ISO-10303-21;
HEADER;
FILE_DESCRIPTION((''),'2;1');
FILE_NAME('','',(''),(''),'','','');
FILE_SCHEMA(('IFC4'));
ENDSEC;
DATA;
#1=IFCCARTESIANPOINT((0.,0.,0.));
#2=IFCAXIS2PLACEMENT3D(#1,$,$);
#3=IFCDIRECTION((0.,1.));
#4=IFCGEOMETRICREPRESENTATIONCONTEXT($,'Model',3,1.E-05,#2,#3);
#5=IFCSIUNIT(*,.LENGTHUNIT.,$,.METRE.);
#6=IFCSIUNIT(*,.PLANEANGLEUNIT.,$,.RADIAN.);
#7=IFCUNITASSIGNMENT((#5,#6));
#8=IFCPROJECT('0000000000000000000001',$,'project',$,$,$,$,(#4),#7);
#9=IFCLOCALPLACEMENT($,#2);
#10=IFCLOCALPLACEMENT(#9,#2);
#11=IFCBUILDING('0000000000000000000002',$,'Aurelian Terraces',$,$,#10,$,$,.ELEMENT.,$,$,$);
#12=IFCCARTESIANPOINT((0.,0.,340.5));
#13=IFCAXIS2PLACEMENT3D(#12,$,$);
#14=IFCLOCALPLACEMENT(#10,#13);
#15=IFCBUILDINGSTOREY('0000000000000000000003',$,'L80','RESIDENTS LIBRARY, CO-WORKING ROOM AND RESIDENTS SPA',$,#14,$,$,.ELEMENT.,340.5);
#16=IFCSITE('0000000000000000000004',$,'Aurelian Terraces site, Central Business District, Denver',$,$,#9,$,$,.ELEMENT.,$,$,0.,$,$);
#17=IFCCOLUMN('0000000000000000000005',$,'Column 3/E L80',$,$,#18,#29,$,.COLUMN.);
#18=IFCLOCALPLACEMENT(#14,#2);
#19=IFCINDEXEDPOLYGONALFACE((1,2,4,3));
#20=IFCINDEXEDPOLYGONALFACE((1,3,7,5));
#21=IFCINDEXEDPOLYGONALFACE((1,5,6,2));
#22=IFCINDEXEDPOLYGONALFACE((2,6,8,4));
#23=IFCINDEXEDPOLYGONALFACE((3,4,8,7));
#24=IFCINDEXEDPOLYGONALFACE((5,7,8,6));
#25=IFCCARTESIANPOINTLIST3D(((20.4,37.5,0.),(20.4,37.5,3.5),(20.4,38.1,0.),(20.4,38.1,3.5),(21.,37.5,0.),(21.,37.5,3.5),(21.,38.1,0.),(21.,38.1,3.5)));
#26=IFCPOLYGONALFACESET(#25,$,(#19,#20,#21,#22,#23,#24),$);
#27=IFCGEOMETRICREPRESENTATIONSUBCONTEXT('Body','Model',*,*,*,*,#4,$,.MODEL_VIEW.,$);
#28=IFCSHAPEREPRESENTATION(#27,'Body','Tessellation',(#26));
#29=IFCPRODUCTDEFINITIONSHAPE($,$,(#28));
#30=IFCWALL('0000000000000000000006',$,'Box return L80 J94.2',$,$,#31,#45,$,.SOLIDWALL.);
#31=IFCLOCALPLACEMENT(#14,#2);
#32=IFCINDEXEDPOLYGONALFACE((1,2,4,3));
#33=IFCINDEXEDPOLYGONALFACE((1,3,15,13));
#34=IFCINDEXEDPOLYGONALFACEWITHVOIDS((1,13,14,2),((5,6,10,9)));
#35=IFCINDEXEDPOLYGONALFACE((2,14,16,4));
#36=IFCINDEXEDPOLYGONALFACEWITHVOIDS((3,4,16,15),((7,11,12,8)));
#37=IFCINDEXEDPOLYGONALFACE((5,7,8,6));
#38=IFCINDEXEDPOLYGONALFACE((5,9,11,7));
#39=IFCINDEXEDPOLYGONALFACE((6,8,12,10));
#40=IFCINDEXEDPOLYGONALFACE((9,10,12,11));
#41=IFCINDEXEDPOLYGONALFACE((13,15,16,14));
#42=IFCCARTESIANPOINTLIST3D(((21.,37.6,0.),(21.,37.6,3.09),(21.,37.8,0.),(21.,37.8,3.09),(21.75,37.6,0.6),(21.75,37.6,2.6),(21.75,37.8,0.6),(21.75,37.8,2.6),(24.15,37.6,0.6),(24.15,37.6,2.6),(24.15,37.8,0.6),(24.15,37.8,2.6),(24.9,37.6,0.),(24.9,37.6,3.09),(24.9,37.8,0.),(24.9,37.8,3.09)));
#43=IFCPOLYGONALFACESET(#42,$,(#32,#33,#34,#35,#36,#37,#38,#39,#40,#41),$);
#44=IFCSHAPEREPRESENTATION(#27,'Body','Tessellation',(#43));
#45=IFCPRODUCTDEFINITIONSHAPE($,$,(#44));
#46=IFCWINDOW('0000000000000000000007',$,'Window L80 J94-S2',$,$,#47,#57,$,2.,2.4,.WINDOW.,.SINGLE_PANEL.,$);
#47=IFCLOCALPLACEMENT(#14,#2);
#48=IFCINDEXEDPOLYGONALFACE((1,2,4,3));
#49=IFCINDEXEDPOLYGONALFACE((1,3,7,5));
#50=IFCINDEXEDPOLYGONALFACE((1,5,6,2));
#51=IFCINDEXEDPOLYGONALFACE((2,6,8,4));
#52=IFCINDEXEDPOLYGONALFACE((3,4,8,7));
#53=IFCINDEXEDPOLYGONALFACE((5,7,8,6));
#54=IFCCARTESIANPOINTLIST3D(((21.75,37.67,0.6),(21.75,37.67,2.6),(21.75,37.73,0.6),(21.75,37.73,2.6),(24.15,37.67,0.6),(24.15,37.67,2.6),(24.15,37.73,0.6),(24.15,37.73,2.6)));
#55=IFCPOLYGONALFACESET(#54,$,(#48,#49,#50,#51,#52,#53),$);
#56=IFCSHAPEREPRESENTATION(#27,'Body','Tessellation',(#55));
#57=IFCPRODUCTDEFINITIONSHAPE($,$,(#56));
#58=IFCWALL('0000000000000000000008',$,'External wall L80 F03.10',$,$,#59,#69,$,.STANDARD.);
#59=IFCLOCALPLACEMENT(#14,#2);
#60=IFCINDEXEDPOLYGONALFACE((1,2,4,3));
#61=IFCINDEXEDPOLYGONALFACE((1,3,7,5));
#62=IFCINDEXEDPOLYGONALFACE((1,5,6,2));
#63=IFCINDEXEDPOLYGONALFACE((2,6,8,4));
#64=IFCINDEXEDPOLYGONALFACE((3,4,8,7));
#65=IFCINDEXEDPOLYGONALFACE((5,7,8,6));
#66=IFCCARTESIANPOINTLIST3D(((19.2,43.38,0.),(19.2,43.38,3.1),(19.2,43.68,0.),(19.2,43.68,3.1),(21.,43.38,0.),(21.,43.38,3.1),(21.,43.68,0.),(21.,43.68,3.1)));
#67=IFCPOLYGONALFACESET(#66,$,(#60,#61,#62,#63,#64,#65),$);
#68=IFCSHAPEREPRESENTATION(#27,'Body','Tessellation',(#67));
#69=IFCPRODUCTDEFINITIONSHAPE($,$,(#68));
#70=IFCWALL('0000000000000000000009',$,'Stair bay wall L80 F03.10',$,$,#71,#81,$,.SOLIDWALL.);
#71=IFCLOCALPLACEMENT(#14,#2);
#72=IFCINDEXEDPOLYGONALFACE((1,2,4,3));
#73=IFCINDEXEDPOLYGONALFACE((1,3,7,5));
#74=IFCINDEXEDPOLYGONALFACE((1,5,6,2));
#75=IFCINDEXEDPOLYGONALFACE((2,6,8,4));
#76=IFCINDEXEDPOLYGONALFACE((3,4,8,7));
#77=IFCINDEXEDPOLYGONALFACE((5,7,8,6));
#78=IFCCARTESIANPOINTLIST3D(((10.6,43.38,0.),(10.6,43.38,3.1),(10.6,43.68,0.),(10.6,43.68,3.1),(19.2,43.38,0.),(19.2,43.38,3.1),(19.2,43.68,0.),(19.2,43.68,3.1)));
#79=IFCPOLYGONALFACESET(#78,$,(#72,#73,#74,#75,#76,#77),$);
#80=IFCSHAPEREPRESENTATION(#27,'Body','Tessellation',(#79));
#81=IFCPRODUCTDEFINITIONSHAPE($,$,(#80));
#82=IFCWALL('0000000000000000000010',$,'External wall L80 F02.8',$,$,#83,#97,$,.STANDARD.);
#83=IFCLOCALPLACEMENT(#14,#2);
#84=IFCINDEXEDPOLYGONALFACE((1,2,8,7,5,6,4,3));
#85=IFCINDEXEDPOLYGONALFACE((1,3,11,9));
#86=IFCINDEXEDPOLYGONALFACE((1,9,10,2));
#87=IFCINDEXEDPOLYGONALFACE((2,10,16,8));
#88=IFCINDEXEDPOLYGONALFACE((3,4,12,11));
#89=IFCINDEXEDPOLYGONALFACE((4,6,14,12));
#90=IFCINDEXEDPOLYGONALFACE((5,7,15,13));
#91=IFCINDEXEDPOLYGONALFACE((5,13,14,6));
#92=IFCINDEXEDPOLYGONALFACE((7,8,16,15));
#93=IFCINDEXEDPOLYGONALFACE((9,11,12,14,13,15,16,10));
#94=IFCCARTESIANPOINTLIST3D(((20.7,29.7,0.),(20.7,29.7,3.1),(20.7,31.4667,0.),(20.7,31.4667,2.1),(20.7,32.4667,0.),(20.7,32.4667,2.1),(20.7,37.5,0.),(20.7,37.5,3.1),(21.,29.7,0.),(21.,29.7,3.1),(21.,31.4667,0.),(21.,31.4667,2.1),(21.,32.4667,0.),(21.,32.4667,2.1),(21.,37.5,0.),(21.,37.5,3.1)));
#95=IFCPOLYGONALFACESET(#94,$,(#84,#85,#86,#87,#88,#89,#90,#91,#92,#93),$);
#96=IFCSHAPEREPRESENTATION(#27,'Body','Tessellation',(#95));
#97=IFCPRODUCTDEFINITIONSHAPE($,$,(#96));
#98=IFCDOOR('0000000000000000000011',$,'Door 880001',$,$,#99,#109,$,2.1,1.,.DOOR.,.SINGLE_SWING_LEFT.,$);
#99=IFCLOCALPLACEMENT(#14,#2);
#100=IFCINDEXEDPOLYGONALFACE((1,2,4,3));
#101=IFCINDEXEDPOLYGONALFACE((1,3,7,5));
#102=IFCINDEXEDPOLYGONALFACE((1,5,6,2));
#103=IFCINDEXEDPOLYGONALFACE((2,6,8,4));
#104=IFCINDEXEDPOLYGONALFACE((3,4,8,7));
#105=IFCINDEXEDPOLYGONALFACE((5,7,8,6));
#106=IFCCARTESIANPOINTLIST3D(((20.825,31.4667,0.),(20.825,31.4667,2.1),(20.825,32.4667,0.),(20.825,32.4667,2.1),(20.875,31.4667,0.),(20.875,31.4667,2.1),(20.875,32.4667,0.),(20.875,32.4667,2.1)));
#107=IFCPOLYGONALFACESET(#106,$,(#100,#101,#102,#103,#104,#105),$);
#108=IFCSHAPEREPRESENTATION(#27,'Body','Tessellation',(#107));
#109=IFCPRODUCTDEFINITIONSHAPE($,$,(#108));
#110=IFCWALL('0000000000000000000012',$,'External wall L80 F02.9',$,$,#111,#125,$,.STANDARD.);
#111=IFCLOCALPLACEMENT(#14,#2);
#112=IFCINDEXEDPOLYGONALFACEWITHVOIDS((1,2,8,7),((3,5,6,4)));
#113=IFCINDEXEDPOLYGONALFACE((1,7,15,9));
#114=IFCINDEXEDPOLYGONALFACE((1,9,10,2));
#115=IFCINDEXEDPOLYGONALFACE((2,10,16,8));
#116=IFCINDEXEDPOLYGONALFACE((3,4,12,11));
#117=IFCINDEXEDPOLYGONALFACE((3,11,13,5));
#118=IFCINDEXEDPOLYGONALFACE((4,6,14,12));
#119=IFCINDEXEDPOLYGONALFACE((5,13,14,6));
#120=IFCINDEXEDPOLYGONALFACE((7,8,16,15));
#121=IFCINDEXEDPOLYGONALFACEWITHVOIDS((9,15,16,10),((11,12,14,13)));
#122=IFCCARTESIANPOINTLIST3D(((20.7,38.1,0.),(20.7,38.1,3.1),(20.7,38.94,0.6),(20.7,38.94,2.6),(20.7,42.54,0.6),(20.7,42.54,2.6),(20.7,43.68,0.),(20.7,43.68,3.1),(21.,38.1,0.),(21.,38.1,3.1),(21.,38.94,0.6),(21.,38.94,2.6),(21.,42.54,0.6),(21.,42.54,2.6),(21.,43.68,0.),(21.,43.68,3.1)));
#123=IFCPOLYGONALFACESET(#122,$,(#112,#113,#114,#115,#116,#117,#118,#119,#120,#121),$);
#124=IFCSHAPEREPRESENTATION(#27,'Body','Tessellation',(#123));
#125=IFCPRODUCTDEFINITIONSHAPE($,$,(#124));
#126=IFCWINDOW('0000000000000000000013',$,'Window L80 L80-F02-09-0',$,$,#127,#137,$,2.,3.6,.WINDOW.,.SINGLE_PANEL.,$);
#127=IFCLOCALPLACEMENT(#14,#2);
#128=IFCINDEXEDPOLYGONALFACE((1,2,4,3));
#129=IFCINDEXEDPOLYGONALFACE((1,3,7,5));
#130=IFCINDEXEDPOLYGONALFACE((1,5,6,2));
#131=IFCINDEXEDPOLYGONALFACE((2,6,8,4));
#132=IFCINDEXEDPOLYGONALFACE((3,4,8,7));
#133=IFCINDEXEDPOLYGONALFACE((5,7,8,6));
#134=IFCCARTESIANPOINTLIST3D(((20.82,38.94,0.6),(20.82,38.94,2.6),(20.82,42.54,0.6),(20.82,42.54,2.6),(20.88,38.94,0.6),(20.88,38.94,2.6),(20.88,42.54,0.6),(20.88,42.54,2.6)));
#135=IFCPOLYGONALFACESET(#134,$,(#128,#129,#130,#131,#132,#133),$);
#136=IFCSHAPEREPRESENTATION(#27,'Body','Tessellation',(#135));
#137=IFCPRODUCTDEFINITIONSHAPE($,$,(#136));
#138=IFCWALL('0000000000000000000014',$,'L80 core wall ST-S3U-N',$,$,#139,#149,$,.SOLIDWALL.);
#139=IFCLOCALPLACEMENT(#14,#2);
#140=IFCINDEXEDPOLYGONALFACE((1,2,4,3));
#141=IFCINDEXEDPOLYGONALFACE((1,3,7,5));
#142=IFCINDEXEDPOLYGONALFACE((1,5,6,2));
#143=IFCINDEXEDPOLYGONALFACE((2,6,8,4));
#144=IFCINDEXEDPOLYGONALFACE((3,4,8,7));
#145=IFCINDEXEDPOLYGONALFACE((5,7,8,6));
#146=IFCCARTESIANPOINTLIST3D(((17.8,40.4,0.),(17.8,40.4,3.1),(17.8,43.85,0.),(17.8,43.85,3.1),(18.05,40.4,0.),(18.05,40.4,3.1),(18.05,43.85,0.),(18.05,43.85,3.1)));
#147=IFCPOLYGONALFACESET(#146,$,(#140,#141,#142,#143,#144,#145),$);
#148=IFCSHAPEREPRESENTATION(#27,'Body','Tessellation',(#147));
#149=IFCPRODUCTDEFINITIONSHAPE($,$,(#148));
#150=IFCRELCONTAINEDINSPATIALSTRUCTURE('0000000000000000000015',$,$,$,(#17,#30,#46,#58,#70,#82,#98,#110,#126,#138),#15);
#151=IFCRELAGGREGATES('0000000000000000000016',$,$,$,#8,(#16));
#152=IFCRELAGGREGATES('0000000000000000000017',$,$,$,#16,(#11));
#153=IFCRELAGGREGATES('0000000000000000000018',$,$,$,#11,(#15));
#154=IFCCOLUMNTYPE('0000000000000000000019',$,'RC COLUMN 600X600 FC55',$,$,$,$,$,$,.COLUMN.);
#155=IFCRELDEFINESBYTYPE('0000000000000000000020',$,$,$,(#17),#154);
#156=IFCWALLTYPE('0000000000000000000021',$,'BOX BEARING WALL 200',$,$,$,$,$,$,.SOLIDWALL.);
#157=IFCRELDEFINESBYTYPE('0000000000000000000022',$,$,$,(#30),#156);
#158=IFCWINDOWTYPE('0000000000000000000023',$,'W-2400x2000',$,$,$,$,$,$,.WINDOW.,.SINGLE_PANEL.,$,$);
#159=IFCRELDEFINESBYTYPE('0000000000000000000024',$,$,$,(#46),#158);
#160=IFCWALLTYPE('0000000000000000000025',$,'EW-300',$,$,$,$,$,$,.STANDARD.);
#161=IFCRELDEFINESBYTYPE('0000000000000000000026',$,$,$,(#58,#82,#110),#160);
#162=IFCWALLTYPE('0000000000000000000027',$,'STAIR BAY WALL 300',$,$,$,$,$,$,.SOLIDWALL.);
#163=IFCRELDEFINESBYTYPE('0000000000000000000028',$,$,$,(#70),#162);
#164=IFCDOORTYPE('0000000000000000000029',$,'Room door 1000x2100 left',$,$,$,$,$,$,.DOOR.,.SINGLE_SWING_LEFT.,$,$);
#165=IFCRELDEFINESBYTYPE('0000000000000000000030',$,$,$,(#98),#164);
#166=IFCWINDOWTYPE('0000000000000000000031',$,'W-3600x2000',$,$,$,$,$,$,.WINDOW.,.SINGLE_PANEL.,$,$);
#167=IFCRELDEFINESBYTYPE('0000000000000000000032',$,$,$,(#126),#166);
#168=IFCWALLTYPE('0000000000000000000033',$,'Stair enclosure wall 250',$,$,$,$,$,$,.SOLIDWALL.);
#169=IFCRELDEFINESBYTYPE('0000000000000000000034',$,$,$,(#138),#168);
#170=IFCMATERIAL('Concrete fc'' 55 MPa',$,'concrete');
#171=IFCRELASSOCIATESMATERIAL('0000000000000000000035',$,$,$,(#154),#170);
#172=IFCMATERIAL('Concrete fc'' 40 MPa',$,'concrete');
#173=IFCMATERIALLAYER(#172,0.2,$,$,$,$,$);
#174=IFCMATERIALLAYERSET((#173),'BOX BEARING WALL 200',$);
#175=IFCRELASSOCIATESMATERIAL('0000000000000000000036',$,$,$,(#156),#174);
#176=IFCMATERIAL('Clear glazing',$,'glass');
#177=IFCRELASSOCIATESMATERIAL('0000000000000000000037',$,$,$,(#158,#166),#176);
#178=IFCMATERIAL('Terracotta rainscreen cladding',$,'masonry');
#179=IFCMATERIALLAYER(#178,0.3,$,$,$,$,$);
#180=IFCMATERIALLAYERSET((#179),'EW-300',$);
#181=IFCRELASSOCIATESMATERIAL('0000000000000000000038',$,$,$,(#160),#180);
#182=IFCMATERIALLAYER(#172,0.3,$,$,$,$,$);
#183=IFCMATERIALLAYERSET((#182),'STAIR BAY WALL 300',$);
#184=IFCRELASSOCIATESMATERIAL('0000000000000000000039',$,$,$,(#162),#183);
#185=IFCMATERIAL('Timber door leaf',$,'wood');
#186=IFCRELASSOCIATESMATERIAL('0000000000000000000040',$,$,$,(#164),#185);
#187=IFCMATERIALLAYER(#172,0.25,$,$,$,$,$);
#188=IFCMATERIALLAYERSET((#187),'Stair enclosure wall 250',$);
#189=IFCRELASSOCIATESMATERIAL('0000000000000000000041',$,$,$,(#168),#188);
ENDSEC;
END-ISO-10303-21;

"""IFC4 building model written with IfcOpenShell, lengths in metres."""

from ifc_helpers import new_model, si_unit, direction, frame, frame_2d, origin, origin_2d, place, context, subcontext, project, spatial, rectangle, extrude, source, transform, mapped, material, layer, layer_set, material_profile, profile_set, type_object, element, fill, save


model = new_model("IFC4")

# Units and contexts
model_context = context("Model", 3, precision=1e-05, world=origin(), true_north=direction((0.0, 1.0)))
body_context = subcontext(model_context, "Body", "Model", "MODEL_VIEW")
ifc_project = project(units=[si_unit("LENGTHUNIT", "METRE"), si_unit("PLANEANGLEUNIT", "RADIAN")], contexts=[model_context])

# Site, building, storey
site_placement = place(None, origin())
site = spatial("IfcSite", under=ifc_project, at=site_placement, Name="Aurelian Terraces site, Central Business District, Denver", CompositionType="ELEMENT", RefElevation=0.0)
building_placement = place(site_placement, origin())
building = spatial("IfcBuilding", under=site, at=building_placement, Name="Aurelian Terraces", CompositionType="ELEMENT")
storey_placement = place(building_placement, frame((0.0, 0.0, 340.5)))
storey = spatial("IfcBuildingStorey", under=building, at=storey_placement, Name="L80", Description="RESIDENTS LIBRARY, CO-WORKING ROOM AND RESIDENTS SPA", CompositionType="ELEMENT", Elevation=340.5)

# Column
ifc_material_1 = material(Name="Concrete fc' 55 MPa", Category="concrete")
ifc_material_profile = material_profile(ifc_material_1, rectangle(XDim=0.6, YDim=0.6, at=origin_2d()))
ifc_profile_set = profile_set([ifc_material_profile], Name="Concrete fc' 55 MPa")
column_type = type_object("IfcColumnType", Name="RC COLUMN 600X600 FC55", PredefinedType="COLUMN", material=ifc_profile_set)
shared_shape_1 = source(origin(), body_context, "Body", "SweptSolid", [
    extrude(rectangle(XDim=0.6, YDim=0.6, at=origin_2d()), origin(), (0.0, 0.0, 1.0), 3.5),
])
column_placement = place(storey_placement, frame((20.7, 37.8, 0.0), z_axis=(0.0, 0.0, 1.0), x_axis=(1.0, 0.0, 0.0)))
element("IfcColumn", 1, at=column_placement, inside=storey, type_object=column_type, Name="Column 3/E L80", PredefinedType="COLUMN", context=body_context, shape_type="MappedRepresentation", body=[
    mapped(shared_shape_1, transform((0.0, 0.0, 0.0), scale=1.0)),
])

# Wall, opening, window
ifc_material_2 = material(Name="Concrete fc' 40 MPa", Category="concrete")
ifc_layer_1 = layer(ifc_material_2, 0.2)
ifc_layer_set_1 = layer_set([ifc_layer_1], Name="BOX BEARING WALL 200")
wall_type_1 = type_object("IfcWallType", Name="BOX BEARING WALL 200", PredefinedType="SOLIDWALL", material=ifc_layer_set_1)
shared_shape_2 = source(origin(), body_context, "Body", "SweptSolid", [
    extrude(rectangle(XDim=3.9, YDim=0.2, at=frame_2d((1.95, 0.0))), origin(), (0.0, 0.0, 1.0), 3.09),
])
wall_1_placement = place(storey_placement, frame((21.0, 37.7, 0.0), z_axis=(0.0, 0.0, 1.0), x_axis=(1.0, 0.0, 0.0)))
wall_1 = element("IfcWall", 2, at=wall_1_placement, inside=storey, type_object=wall_type_1, Name="Box return L80 J94.2", PredefinedType="SOLIDWALL", context=body_context, shape_type="MappedRepresentation", body=[
    mapped(shared_shape_2, transform((0.0, 0.0, 0.0), scale=1.0)),
])
shared_shape_3 = source(origin(), body_context, "Body", "SweptSolid", [
    extrude(rectangle(XDim=2.4, YDim=2.0, at=frame_2d((1.2, 1.0))), frame((0.0, 0.11, 0.0), z_axis=(0.0, -1.0, 0.0), x_axis=(1.0, 0.0, 0.0)), (0.0, 0.0, 1.0), 0.22),
])
opening_1_placement = place(wall_1_placement, frame((0.75, 0.0, 0.6)))
opening_1 = element("IfcOpeningElement", 3, at=opening_1_placement, cuts=wall_1, PredefinedType="OPENING", context=body_context, shape_type="MappedRepresentation", body=[
    mapped(shared_shape_3, transform((0.0, 0.0, 0.0), scale=1.0)),
])
ifc_material_3 = material(Name="Clear glazing", Category="glass")
window_type_1 = type_object("IfcWindowType", Name="W-2400x2000", PartitioningType="SINGLE_PANEL", PredefinedType="WINDOW", material=ifc_material_3)
shared_shape_4 = source(origin(), body_context, "Body", "SweptSolid", [
    extrude(rectangle(XDim=2.4, YDim=2.0, at=frame_2d((1.2, 1.0))), frame((0.0, 0.03, 0.0), z_axis=(0.0, -1.0, 0.0), x_axis=(1.0, 0.0, 0.0)), (0.0, 0.0, 1.0), 0.06),
])
window_1_placement = place(opening_1_placement, origin())
window_1 = element("IfcWindow", 4, at=window_1_placement, inside=storey, type_object=window_type_1, Name="Window L80 J94-S2", OverallHeight=2.0, OverallWidth=2.4, PartitioningType="SINGLE_PANEL", PredefinedType="WINDOW", context=body_context, shape_type="MappedRepresentation", body=[
    mapped(shared_shape_4, transform((0.0, 0.0, 0.0), scale=1.0)),
])
fill(opening_1, window_1)

# Walls
ifc_material_4 = material(Name="Terracotta rainscreen cladding", Category="masonry")
ifc_layer_2 = layer(ifc_material_4, 0.3)
ifc_layer_set_2 = layer_set([ifc_layer_2], Name="EW-300")
wall_type_2 = type_object("IfcWallType", Name="EW-300", PredefinedType="STANDARD", material=ifc_layer_set_2)
shared_shape_5 = source(origin(), body_context, "Body", "SweptSolid", [
    extrude(rectangle(XDim=1.8, YDim=0.3, at=frame_2d((0.9, 0.0))), origin(), (0.0, 0.0, 1.0), 3.1),
])
wall_2_placement = place(storey_placement, frame((21.0, 43.53, 0.0), z_axis=(0.0, 0.0, 1.0), x_axis=(-1.0, 0.0, 0.0)))
element("IfcWall", 5, at=wall_2_placement, inside=storey, type_object=wall_type_2, Name="External wall L80 F03.10", PredefinedType="STANDARD", context=body_context, shape_type="MappedRepresentation", body=[
    mapped(shared_shape_5, transform((0.0, 0.0, 0.0), scale=1.0)),
])
ifc_layer_3 = layer(ifc_material_2, 0.3)
ifc_layer_set_3 = layer_set([ifc_layer_3], Name="STAIR BAY WALL 300")
wall_type_3 = type_object("IfcWallType", Name="STAIR BAY WALL 300", PredefinedType="SOLIDWALL", material=ifc_layer_set_3)
shared_shape_6 = source(origin(), body_context, "Body", "SweptSolid", [
    extrude(rectangle(XDim=8.6, YDim=0.3, at=frame_2d((4.3, 0.0))), origin(), (0.0, 0.0, 1.0), 3.1),
])
wall_3_placement = place(storey_placement, frame((19.2, 43.53, 0.0), z_axis=(0.0, 0.0, 1.0), x_axis=(-1.0, 0.0, 0.0)))
element("IfcWall", 6, at=wall_3_placement, inside=storey, type_object=wall_type_3, Name="Stair bay wall L80 F03.10", PredefinedType="SOLIDWALL", context=body_context, shape_type="MappedRepresentation", body=[
    mapped(shared_shape_6, transform((0.0, 0.0, 0.0), scale=1.0)),
])

# Wall, opening, door
shared_shape_7 = source(origin(), body_context, "Body", "SweptSolid", [
    extrude(rectangle(XDim=7.8, YDim=0.3, at=frame_2d((3.9, 0.0))), origin(), (0.0, 0.0, 1.0), 3.1),
])
wall_4_placement = place(storey_placement, frame((20.85, 29.7, 0.0), z_axis=(0.0, 0.0, 1.0), x_axis=(0.0, 1.0, 0.0)))
wall_4 = element("IfcWall", 7, at=wall_4_placement, inside=storey, type_object=wall_type_2, Name="External wall L80 F02.8", PredefinedType="STANDARD", context=body_context, shape_type="MappedRepresentation", body=[
    mapped(shared_shape_7, transform((0.0, 0.0, 0.0), scale=1.0)),
])
shared_shape_8 = source(origin(), body_context, "Body", "SweptSolid", [
    extrude(rectangle(XDim=1.0, YDim=2.1, at=frame_2d((0.5, 1.05))), frame((0.0, 0.16, 0.0), z_axis=(0.0, -1.0, 0.0), x_axis=(1.0, 0.0, 0.0)), (0.0, 0.0, 1.0), 0.32),
])
opening_2_placement = place(wall_4_placement, frame((1.7667, 0.0, 0.0)))
opening_2 = element("IfcOpeningElement", 8, at=opening_2_placement, cuts=wall_4, PredefinedType="OPENING", context=body_context, shape_type="MappedRepresentation", body=[
    mapped(shared_shape_8, transform((0.0, 0.0, 0.0), scale=1.0)),
])
ifc_material_5 = material(Name="Timber door leaf", Category="wood")
door_type_1 = type_object("IfcDoorType", Name="Room door 1000x2100 left", OperationType="SINGLE_SWING_LEFT", PredefinedType="DOOR", material=ifc_material_5)
shared_shape_9 = source(origin(), body_context, "Body", "SweptSolid", [
    extrude(rectangle(XDim=1.0, YDim=2.1, at=frame_2d((0.5, 1.05))), frame((0.0, 0.025, 0.0), z_axis=(0.0, -1.0, 0.0), x_axis=(1.0, 0.0, 0.0)), (0.0, 0.0, 1.0), 0.05),
])
door_1_placement = place(opening_2_placement, origin())
door_1 = element("IfcDoor", 9, at=door_1_placement, inside=storey, type_object=door_type_1, Name="Door 880001", OperationType="SINGLE_SWING_LEFT", OverallHeight=2.1, OverallWidth=1.0, PredefinedType="DOOR", context=body_context, shape_type="MappedRepresentation", body=[
    mapped(shared_shape_9, transform((0.0, 0.0, 0.0), scale=1.0)),
])
fill(opening_2, door_1)

# Wall, opening, window
shared_shape_10 = source(origin(), body_context, "Body", "SweptSolid", [
    extrude(rectangle(XDim=5.58, YDim=0.3, at=frame_2d((2.79, 0.0))), origin(), (0.0, 0.0, 1.0), 3.1),
])
wall_5_placement = place(storey_placement, frame((20.85, 38.1, 0.0), z_axis=(0.0, 0.0, 1.0), x_axis=(0.0, 1.0, 0.0)))
wall_5 = element("IfcWall", 10, at=wall_5_placement, inside=storey, type_object=wall_type_2, Name="External wall L80 F02.9", PredefinedType="STANDARD", context=body_context, shape_type="MappedRepresentation", body=[
    mapped(shared_shape_10, transform((0.0, 0.0, 0.0), scale=1.0)),
])
shared_shape_11 = source(origin(), body_context, "Body", "SweptSolid", [
    extrude(rectangle(XDim=3.6, YDim=2.0, at=frame_2d((1.8, 1.0))), frame((0.0, 0.16, 0.0), z_axis=(0.0, -1.0, 0.0), x_axis=(1.0, 0.0, 0.0)), (0.0, 0.0, 1.0), 0.32),
])
opening_3_placement = place(wall_5_placement, frame((0.84, 0.0, 0.6)))
opening_3 = element("IfcOpeningElement", 11, at=opening_3_placement, cuts=wall_5, PredefinedType="OPENING", context=body_context, shape_type="MappedRepresentation", body=[
    mapped(shared_shape_11, transform((0.0, 0.0, 0.0), scale=1.0)),
])
window_type_2 = type_object("IfcWindowType", Name="W-3600x2000", PartitioningType="SINGLE_PANEL", PredefinedType="WINDOW", material=ifc_material_3)
shared_shape_12 = source(origin(), body_context, "Body", "SweptSolid", [
    extrude(rectangle(XDim=3.6, YDim=2.0, at=frame_2d((1.8, 1.0))), frame((0.0, 0.03, 0.0), z_axis=(0.0, -1.0, 0.0), x_axis=(1.0, 0.0, 0.0)), (0.0, 0.0, 1.0), 0.06),
])
window_2_placement = place(opening_3_placement, origin())
window_2 = element("IfcWindow", 12, at=window_2_placement, inside=storey, type_object=window_type_2, Name="Window L80 L80-F02-09-0", OverallHeight=2.0, OverallWidth=3.6, PartitioningType="SINGLE_PANEL", PredefinedType="WINDOW", context=body_context, shape_type="MappedRepresentation", body=[
    mapped(shared_shape_12, transform((0.0, 0.0, 0.0), scale=1.0)),
])
fill(opening_3, window_2)

# Wall
ifc_layer_4 = layer(ifc_material_2, 0.25)
ifc_layer_set_4 = layer_set([ifc_layer_4], Name="Stair enclosure wall 250")
wall_type_4 = type_object("IfcWallType", Name="Stair enclosure wall 250", PredefinedType="SOLIDWALL", material=ifc_layer_set_4)
shared_shape_13 = source(origin(), body_context, "Body", "SweptSolid", [
    extrude(rectangle(XDim=3.45, YDim=0.25, at=frame_2d((1.725, 0.0))), origin(), (0.0, 0.0, 1.0), 3.1),
])
wall_6_placement = place(storey_placement, frame((17.925, 40.4, 0.0), z_axis=(0.0, 0.0, 1.0), x_axis=(0.0, 1.0, 0.0)))
element("IfcWall", 13, at=wall_6_placement, inside=storey, type_object=wall_type_4, Name="L80 core wall ST-S3U-N", PredefinedType="SOLIDWALL", context=body_context, shape_type="MappedRepresentation", body=[
    mapped(shared_shape_13, transform((0.0, 0.0, 0.0), scale=1.0)),
])

save(model, "model.ifc")
